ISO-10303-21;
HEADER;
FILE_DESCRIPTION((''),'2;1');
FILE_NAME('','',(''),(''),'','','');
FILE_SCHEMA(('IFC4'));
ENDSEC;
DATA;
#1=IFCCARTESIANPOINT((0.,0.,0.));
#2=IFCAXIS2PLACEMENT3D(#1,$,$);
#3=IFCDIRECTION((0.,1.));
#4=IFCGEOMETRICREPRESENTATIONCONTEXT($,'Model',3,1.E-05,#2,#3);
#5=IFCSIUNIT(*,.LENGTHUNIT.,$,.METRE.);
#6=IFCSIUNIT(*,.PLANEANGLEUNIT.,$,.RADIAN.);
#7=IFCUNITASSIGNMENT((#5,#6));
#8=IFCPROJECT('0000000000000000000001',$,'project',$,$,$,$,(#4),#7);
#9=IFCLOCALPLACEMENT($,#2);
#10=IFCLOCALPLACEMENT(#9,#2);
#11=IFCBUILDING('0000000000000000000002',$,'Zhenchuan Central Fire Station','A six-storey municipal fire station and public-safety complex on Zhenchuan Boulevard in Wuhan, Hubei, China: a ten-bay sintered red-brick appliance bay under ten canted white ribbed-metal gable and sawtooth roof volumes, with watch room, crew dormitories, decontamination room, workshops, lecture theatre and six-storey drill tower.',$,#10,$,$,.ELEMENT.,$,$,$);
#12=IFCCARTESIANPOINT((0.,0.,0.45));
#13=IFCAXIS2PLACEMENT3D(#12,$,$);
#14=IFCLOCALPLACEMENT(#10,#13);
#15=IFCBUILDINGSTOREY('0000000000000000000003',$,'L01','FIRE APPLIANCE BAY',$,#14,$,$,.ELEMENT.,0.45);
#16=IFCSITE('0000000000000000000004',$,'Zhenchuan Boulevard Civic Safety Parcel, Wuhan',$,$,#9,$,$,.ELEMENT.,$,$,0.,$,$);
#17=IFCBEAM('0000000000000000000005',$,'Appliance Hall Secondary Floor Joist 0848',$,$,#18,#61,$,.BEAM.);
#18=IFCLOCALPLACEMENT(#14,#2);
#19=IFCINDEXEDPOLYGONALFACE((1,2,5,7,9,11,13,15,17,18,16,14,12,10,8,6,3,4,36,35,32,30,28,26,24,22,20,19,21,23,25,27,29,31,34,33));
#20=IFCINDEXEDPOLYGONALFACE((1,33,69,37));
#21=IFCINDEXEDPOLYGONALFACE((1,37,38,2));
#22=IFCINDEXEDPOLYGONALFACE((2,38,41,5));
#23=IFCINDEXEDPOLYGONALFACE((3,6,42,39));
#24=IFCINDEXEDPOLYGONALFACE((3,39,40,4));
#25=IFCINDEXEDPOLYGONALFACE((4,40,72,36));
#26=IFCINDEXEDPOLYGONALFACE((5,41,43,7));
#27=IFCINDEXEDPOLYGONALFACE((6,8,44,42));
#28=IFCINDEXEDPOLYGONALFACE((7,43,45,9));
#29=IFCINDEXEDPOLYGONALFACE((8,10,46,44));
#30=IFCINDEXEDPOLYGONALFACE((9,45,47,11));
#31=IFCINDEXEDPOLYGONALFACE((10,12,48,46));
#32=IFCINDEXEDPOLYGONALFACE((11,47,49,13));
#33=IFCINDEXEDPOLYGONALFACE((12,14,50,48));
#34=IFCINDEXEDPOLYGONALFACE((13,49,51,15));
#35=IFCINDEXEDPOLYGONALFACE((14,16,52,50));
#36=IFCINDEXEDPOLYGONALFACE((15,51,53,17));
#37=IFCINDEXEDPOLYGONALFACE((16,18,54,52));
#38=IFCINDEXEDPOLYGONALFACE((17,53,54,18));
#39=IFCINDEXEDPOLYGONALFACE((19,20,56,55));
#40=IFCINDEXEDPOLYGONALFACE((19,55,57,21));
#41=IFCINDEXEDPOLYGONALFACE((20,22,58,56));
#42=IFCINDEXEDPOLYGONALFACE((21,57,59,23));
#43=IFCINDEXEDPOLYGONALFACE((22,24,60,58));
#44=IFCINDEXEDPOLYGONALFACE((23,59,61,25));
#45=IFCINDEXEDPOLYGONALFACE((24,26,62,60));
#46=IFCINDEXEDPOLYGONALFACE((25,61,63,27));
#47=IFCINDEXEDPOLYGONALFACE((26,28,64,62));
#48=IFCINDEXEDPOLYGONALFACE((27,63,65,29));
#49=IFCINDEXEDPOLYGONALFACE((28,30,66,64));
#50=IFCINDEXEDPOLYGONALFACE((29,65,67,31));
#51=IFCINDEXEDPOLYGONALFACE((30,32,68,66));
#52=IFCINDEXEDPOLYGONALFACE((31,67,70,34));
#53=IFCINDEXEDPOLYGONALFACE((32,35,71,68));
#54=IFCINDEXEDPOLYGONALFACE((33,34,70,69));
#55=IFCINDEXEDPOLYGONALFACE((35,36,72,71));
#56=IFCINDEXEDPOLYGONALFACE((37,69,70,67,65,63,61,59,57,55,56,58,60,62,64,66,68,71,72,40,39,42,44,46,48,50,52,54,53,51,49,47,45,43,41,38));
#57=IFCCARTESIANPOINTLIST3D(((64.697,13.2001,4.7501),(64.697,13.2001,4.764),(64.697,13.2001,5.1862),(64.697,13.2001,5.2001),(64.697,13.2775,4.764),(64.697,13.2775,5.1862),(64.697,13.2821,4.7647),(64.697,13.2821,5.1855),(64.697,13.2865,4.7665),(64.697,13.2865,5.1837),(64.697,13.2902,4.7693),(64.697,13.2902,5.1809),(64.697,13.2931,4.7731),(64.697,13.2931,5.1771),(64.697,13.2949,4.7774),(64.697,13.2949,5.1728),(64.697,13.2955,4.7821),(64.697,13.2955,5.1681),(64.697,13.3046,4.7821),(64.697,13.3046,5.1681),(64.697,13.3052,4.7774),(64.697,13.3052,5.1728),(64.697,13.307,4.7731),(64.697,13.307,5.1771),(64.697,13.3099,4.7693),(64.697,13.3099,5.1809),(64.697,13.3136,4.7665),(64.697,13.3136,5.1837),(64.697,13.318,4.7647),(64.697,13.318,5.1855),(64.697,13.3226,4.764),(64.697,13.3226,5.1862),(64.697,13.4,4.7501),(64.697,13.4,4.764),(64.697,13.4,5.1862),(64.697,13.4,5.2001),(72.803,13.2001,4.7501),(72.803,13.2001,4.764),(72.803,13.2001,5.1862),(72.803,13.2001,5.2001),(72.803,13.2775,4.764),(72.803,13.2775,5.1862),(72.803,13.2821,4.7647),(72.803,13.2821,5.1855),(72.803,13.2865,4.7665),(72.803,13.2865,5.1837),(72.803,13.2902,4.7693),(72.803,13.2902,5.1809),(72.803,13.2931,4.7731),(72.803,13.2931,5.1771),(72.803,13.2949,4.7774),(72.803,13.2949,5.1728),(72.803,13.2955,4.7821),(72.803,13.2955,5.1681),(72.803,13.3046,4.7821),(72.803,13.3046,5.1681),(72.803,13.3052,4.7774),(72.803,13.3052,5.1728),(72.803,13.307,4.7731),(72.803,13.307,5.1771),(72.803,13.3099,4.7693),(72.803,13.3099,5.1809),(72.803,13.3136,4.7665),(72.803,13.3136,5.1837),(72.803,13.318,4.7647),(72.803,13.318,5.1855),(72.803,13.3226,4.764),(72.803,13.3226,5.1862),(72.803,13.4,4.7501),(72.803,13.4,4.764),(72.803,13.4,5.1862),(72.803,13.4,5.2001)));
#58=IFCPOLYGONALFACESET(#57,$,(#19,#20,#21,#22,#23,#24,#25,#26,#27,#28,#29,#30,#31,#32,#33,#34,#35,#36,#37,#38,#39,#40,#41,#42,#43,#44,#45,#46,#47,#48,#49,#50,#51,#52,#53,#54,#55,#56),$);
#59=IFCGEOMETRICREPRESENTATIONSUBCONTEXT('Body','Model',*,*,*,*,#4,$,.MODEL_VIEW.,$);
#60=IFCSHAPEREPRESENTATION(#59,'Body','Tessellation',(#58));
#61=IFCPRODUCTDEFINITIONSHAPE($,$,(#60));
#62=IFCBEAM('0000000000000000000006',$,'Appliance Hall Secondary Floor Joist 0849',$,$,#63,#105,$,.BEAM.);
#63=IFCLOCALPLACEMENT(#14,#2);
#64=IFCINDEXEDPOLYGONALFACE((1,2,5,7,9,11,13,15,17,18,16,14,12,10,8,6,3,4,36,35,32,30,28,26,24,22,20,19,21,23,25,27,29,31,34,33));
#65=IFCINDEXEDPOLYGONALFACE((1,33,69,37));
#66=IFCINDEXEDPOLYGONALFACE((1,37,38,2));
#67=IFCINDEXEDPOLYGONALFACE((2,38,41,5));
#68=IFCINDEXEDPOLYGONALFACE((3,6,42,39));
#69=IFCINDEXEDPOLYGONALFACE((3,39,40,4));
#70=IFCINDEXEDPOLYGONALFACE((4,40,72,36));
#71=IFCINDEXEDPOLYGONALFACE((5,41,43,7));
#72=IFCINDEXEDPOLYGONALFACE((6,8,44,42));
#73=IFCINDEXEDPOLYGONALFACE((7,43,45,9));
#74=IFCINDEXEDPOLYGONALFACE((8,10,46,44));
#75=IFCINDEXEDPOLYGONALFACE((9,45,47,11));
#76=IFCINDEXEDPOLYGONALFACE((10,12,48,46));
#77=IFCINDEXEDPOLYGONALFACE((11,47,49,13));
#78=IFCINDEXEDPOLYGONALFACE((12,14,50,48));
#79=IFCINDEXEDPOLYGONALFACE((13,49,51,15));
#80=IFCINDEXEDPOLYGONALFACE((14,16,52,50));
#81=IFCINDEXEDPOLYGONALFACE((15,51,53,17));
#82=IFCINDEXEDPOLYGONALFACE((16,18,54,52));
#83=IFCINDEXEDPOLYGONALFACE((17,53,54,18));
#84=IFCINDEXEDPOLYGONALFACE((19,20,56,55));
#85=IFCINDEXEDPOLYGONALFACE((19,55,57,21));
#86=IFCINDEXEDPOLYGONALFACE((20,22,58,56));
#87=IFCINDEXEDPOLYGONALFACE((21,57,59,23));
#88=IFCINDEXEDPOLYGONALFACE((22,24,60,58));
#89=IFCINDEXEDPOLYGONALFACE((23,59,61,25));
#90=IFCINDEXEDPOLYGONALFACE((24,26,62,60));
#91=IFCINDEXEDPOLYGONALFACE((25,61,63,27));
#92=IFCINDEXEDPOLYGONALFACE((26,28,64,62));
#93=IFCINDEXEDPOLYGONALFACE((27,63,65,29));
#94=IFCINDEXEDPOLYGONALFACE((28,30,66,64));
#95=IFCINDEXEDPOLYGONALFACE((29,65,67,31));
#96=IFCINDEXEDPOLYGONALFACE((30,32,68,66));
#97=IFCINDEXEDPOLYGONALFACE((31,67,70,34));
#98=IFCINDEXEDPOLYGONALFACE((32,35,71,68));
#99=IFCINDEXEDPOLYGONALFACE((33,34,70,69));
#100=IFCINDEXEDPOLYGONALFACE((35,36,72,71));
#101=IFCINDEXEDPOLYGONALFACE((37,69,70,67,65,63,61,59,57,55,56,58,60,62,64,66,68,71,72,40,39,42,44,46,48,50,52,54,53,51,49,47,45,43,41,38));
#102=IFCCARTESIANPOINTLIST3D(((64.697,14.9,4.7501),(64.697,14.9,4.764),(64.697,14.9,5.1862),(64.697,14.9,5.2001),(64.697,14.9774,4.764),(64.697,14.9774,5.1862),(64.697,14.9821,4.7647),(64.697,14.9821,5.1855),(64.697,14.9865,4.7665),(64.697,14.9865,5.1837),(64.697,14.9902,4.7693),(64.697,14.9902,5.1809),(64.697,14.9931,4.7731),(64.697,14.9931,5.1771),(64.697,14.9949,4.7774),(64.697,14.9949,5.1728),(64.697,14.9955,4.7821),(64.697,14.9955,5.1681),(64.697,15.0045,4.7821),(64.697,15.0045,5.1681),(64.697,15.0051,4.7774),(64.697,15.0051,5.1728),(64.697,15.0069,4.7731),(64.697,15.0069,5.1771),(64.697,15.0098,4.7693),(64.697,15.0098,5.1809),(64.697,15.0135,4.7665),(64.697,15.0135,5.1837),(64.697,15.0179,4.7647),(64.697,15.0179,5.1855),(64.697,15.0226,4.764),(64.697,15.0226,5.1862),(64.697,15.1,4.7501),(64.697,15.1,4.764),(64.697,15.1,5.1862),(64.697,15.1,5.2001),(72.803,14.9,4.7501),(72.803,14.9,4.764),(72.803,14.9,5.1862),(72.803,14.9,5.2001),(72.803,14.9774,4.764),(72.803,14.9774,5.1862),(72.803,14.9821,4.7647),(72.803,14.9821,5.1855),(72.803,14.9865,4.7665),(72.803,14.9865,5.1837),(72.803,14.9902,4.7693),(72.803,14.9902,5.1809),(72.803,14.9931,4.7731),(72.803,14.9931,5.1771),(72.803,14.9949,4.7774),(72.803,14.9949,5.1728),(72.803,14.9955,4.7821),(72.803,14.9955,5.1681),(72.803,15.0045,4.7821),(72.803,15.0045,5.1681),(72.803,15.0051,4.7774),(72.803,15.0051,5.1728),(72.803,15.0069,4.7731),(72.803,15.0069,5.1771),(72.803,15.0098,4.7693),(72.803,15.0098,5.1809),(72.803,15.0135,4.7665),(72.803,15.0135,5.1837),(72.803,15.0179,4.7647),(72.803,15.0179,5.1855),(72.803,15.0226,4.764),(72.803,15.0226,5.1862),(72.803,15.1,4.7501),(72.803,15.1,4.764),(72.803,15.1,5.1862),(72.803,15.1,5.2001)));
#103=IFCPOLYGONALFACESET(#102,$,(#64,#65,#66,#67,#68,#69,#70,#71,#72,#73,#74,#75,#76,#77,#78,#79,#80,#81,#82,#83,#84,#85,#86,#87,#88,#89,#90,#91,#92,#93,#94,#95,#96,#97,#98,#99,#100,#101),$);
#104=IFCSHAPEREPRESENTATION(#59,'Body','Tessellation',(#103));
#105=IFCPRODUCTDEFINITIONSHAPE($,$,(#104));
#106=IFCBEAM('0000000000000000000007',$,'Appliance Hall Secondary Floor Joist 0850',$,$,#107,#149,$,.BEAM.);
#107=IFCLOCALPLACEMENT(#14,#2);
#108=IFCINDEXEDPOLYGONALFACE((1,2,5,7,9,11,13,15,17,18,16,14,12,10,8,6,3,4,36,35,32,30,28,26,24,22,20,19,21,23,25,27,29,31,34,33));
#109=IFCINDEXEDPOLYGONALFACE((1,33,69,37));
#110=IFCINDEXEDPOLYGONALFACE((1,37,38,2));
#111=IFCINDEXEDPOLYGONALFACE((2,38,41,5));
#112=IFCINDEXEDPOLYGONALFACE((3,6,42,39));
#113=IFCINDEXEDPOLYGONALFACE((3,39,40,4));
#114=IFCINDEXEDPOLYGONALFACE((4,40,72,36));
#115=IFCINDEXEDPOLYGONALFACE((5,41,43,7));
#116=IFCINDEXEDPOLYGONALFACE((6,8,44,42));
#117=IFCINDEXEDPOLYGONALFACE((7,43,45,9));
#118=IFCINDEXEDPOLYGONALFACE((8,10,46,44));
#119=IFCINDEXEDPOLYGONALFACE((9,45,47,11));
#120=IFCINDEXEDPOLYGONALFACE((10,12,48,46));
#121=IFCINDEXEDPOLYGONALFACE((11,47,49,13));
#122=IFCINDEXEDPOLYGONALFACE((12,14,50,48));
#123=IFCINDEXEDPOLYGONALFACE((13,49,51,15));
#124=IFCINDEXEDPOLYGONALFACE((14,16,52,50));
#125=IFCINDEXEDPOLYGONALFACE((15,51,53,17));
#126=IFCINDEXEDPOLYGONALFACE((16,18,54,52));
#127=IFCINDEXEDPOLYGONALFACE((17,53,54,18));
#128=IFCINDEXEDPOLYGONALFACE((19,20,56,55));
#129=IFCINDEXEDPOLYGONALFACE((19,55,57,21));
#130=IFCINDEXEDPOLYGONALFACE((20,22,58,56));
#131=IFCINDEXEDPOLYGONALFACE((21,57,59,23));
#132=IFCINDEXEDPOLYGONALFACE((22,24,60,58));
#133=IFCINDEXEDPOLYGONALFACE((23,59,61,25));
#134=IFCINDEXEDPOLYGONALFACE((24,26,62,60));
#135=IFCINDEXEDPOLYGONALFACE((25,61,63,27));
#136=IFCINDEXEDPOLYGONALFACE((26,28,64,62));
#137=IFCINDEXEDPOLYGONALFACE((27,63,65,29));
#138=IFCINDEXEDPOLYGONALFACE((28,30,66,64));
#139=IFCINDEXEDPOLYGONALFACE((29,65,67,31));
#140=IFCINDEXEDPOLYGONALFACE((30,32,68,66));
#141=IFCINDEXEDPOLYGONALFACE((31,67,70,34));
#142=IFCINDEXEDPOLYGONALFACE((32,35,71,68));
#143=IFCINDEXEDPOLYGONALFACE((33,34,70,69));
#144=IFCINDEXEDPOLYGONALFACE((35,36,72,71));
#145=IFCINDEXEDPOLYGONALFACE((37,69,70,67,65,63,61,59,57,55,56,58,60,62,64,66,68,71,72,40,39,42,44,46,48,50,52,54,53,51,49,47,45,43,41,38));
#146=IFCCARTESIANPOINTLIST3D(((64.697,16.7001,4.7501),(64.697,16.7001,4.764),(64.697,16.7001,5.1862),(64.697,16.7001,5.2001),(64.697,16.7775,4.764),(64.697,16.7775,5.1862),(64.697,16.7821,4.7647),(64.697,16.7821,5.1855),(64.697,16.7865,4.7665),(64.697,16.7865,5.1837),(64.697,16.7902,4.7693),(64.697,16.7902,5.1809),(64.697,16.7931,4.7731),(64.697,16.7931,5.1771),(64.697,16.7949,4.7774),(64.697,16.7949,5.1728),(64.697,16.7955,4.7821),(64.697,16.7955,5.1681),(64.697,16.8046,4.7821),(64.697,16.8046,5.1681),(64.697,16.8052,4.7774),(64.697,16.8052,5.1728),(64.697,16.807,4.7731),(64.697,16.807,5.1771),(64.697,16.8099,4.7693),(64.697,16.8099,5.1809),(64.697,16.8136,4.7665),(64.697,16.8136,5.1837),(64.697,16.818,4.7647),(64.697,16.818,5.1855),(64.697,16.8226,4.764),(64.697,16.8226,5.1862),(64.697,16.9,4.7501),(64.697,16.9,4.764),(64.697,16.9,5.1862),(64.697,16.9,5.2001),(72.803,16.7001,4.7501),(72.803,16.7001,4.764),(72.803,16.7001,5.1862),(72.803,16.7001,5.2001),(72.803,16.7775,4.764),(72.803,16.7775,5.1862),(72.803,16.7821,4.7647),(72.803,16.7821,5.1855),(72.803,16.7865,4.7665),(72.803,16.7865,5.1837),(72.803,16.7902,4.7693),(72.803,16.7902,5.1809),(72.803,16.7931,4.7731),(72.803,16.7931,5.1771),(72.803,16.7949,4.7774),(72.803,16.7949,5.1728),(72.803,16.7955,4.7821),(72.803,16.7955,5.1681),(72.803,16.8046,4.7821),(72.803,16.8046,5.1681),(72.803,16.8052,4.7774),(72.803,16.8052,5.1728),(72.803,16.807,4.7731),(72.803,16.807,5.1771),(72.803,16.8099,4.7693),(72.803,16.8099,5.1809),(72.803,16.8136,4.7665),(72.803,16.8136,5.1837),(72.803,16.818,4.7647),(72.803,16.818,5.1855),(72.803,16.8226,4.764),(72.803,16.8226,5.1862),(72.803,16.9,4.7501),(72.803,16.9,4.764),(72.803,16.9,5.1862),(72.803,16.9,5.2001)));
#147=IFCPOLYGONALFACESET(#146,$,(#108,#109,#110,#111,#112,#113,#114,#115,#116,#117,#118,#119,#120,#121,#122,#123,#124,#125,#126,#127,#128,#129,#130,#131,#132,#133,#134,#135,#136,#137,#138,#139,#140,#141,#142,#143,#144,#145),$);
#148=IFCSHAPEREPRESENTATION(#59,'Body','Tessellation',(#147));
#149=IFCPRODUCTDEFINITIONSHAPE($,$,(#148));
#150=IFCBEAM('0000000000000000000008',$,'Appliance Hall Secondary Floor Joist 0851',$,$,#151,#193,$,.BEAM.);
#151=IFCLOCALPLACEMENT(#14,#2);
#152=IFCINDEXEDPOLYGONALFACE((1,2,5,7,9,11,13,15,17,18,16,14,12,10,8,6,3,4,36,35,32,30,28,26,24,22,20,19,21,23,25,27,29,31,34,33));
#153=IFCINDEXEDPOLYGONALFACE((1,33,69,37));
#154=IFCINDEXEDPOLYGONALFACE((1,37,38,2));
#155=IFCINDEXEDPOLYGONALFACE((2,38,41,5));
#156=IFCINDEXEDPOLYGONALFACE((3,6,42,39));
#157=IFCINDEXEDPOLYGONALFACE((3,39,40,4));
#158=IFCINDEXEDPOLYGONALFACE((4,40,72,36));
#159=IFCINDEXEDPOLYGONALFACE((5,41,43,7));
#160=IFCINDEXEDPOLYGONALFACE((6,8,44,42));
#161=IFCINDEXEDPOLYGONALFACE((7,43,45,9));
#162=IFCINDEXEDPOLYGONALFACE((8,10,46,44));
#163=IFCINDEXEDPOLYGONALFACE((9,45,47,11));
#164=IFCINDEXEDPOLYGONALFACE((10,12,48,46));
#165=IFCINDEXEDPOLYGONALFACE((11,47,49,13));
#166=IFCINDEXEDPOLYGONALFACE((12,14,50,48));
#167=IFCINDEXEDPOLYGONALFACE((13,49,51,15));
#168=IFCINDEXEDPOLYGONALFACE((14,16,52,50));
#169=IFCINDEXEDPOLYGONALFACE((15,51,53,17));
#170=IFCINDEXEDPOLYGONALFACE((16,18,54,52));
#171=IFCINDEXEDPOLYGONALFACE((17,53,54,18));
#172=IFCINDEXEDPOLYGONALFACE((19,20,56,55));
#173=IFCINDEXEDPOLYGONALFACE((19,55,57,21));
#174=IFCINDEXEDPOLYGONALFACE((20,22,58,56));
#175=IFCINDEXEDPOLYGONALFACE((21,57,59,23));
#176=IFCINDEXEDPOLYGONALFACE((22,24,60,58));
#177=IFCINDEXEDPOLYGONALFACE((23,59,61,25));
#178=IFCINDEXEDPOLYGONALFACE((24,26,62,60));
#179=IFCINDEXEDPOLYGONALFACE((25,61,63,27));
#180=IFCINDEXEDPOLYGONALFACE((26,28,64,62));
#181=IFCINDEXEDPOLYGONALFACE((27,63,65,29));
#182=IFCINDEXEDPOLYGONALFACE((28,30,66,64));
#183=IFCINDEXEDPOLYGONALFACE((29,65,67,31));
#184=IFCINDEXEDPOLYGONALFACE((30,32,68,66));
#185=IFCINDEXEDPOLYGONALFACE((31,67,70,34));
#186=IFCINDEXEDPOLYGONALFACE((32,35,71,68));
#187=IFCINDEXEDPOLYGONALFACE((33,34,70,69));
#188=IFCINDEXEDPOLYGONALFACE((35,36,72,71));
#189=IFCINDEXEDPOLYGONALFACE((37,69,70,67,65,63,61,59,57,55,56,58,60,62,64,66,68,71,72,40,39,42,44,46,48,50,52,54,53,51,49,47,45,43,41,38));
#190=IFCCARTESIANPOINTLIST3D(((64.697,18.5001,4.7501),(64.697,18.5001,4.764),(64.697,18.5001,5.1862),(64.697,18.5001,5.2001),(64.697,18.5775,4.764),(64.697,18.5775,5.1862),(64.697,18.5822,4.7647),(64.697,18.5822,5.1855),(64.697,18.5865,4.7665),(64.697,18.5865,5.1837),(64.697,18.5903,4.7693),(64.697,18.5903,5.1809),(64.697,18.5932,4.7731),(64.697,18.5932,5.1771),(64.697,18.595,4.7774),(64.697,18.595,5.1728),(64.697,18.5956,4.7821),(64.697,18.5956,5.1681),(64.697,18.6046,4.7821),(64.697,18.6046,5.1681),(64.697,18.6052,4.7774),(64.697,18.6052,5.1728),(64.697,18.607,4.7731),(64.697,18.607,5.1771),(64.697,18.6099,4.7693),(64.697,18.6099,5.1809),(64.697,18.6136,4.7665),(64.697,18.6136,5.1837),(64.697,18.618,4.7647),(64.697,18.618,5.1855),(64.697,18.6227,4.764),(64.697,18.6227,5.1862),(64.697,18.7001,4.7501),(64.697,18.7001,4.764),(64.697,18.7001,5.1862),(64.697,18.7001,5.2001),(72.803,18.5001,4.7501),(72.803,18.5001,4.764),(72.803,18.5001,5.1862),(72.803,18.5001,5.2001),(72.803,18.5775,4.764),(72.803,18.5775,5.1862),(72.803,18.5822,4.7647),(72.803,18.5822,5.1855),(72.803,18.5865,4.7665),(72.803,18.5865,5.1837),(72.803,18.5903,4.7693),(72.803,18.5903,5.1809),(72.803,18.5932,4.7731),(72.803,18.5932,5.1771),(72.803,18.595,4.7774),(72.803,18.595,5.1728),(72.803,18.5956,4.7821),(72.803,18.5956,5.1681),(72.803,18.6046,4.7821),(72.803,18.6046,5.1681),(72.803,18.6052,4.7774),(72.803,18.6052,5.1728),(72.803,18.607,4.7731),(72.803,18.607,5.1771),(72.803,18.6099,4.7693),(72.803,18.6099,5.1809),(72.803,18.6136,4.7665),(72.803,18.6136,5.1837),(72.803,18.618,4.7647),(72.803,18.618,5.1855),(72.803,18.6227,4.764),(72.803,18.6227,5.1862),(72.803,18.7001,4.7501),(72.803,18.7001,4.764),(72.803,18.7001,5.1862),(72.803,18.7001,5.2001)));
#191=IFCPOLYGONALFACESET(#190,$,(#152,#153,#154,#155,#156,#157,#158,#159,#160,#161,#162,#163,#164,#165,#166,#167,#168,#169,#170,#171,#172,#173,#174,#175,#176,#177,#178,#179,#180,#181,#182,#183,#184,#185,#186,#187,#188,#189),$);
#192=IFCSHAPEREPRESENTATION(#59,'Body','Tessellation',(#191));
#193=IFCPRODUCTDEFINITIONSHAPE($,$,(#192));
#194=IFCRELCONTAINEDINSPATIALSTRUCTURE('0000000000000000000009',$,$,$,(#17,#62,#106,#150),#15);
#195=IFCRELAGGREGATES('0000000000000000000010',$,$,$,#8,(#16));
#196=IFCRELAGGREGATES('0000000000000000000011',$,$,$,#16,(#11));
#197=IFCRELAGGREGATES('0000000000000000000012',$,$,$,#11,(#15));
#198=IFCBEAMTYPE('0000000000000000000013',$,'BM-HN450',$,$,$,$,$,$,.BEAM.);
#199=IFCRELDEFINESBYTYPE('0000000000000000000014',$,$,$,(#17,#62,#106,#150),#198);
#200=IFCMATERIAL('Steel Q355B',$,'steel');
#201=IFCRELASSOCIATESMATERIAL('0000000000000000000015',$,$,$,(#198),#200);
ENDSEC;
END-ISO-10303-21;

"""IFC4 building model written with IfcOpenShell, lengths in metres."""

from ifc_helpers import new_model, si_unit, direction, frame, origin, origin_2d, place, context, subcontext, project, spatial, i_section, extrude, material, material_profile, profile_set, type_object, element, save


model = new_model("IFC4")

# Units and contexts
model_context = context("Model", 3, precision=1e-05, world=origin(), true_north=direction((0.0, 1.0)))
body_context = subcontext(model_context, "Body", "Model", "MODEL_VIEW")
ifc_project = project(units=[si_unit("LENGTHUNIT", "METRE"), si_unit("PLANEANGLEUNIT", "RADIAN")], contexts=[model_context])

# Site, building, storey
site_placement = place(None, origin())
site = spatial("IfcSite", under=ifc_project, at=site_placement, Name="Zhenchuan Boulevard Civic Safety Parcel, Wuhan", CompositionType="ELEMENT", RefElevation=0.0)
building_placement = place(site_placement, origin())
building = spatial("IfcBuilding", under=site, at=building_placement, Name="Zhenchuan Central Fire Station", Description="A six-storey municipal fire station and public-safety complex on Zhenchuan Boulevard in Wuhan, Hubei, China: a ten-bay sintered red-brick appliance bay under ten canted white ribbed-metal gable and sawtooth roof volumes, with watch room, crew dormitories, decontamination room, workshops, lecture theatre and six-storey drill tower.", CompositionType="ELEMENT")
storey_placement = place(building_placement, frame((0.0, 0.0, 0.45)))
storey = spatial("IfcBuildingStorey", under=building, at=storey_placement, Name="L01", Description="FIRE APPLIANCE BAY", CompositionType="ELEMENT", Elevation=0.45)

# Beams
ifc_material_1 = material(Name="Steel Q355B", Category="steel")
ifc_material_profile_1 = material_profile(ifc_material_1, i_section(OverallWidth=0.2, OverallDepth=0.45, WebThickness=0.009, FlangeThickness=0.0139, FilletRadius=0.0181, at=origin_2d()), Name="HN 450x200")
ifc_profile_set_1 = profile_set([ifc_material_profile_1], Name="Steel Q355B")
beam_type_1 = type_object("IfcBeamType", Name="BM-HN450", PredefinedType="BEAM", material=ifc_profile_set_1)
for number, where, z_axis, x_axis, name in (
    (1, (64.697, 13.3, 4.9751), (1.0, 0.0, 0.0), (0.0, 1.0, 0.0), "Appliance Hall Secondary Floor Joist 0848"),
    (2, (64.697, 15.0, 4.9751), (1.0, 0.0, 0.0), (0.0, 1.0, 0.0), "Appliance Hall Secondary Floor Joist 0849"),
    (3, (64.697, 16.8, 4.9751), (1.0, 0.0, 0.0), (0.0, 1.0, 0.0), "Appliance Hall Secondary Floor Joist 0850"),
    (4, (64.697, 18.6001, 4.9751), (1.0, 0.0, 0.0), (0.0, 1.0, 0.0), "Appliance Hall Secondary Floor Joist 0851"),
):
    element("IfcBeam", number, at=place(storey_placement, frame(where, z_axis=z_axis, x_axis=x_axis)), inside=storey, type_object=beam_type_1, Name=name, PredefinedType="BEAM", context=body_context, shape_type="SweptSolid", body=[
        extrude(i_section(OverallWidth=0.2, OverallDepth=0.45, WebThickness=0.009, FlangeThickness=0.0139, FilletRadius=0.0181, at=origin_2d()), origin(), (0.0, 0.0, 1.0), 8.106),
    ])

save(model, "model.ifc")
